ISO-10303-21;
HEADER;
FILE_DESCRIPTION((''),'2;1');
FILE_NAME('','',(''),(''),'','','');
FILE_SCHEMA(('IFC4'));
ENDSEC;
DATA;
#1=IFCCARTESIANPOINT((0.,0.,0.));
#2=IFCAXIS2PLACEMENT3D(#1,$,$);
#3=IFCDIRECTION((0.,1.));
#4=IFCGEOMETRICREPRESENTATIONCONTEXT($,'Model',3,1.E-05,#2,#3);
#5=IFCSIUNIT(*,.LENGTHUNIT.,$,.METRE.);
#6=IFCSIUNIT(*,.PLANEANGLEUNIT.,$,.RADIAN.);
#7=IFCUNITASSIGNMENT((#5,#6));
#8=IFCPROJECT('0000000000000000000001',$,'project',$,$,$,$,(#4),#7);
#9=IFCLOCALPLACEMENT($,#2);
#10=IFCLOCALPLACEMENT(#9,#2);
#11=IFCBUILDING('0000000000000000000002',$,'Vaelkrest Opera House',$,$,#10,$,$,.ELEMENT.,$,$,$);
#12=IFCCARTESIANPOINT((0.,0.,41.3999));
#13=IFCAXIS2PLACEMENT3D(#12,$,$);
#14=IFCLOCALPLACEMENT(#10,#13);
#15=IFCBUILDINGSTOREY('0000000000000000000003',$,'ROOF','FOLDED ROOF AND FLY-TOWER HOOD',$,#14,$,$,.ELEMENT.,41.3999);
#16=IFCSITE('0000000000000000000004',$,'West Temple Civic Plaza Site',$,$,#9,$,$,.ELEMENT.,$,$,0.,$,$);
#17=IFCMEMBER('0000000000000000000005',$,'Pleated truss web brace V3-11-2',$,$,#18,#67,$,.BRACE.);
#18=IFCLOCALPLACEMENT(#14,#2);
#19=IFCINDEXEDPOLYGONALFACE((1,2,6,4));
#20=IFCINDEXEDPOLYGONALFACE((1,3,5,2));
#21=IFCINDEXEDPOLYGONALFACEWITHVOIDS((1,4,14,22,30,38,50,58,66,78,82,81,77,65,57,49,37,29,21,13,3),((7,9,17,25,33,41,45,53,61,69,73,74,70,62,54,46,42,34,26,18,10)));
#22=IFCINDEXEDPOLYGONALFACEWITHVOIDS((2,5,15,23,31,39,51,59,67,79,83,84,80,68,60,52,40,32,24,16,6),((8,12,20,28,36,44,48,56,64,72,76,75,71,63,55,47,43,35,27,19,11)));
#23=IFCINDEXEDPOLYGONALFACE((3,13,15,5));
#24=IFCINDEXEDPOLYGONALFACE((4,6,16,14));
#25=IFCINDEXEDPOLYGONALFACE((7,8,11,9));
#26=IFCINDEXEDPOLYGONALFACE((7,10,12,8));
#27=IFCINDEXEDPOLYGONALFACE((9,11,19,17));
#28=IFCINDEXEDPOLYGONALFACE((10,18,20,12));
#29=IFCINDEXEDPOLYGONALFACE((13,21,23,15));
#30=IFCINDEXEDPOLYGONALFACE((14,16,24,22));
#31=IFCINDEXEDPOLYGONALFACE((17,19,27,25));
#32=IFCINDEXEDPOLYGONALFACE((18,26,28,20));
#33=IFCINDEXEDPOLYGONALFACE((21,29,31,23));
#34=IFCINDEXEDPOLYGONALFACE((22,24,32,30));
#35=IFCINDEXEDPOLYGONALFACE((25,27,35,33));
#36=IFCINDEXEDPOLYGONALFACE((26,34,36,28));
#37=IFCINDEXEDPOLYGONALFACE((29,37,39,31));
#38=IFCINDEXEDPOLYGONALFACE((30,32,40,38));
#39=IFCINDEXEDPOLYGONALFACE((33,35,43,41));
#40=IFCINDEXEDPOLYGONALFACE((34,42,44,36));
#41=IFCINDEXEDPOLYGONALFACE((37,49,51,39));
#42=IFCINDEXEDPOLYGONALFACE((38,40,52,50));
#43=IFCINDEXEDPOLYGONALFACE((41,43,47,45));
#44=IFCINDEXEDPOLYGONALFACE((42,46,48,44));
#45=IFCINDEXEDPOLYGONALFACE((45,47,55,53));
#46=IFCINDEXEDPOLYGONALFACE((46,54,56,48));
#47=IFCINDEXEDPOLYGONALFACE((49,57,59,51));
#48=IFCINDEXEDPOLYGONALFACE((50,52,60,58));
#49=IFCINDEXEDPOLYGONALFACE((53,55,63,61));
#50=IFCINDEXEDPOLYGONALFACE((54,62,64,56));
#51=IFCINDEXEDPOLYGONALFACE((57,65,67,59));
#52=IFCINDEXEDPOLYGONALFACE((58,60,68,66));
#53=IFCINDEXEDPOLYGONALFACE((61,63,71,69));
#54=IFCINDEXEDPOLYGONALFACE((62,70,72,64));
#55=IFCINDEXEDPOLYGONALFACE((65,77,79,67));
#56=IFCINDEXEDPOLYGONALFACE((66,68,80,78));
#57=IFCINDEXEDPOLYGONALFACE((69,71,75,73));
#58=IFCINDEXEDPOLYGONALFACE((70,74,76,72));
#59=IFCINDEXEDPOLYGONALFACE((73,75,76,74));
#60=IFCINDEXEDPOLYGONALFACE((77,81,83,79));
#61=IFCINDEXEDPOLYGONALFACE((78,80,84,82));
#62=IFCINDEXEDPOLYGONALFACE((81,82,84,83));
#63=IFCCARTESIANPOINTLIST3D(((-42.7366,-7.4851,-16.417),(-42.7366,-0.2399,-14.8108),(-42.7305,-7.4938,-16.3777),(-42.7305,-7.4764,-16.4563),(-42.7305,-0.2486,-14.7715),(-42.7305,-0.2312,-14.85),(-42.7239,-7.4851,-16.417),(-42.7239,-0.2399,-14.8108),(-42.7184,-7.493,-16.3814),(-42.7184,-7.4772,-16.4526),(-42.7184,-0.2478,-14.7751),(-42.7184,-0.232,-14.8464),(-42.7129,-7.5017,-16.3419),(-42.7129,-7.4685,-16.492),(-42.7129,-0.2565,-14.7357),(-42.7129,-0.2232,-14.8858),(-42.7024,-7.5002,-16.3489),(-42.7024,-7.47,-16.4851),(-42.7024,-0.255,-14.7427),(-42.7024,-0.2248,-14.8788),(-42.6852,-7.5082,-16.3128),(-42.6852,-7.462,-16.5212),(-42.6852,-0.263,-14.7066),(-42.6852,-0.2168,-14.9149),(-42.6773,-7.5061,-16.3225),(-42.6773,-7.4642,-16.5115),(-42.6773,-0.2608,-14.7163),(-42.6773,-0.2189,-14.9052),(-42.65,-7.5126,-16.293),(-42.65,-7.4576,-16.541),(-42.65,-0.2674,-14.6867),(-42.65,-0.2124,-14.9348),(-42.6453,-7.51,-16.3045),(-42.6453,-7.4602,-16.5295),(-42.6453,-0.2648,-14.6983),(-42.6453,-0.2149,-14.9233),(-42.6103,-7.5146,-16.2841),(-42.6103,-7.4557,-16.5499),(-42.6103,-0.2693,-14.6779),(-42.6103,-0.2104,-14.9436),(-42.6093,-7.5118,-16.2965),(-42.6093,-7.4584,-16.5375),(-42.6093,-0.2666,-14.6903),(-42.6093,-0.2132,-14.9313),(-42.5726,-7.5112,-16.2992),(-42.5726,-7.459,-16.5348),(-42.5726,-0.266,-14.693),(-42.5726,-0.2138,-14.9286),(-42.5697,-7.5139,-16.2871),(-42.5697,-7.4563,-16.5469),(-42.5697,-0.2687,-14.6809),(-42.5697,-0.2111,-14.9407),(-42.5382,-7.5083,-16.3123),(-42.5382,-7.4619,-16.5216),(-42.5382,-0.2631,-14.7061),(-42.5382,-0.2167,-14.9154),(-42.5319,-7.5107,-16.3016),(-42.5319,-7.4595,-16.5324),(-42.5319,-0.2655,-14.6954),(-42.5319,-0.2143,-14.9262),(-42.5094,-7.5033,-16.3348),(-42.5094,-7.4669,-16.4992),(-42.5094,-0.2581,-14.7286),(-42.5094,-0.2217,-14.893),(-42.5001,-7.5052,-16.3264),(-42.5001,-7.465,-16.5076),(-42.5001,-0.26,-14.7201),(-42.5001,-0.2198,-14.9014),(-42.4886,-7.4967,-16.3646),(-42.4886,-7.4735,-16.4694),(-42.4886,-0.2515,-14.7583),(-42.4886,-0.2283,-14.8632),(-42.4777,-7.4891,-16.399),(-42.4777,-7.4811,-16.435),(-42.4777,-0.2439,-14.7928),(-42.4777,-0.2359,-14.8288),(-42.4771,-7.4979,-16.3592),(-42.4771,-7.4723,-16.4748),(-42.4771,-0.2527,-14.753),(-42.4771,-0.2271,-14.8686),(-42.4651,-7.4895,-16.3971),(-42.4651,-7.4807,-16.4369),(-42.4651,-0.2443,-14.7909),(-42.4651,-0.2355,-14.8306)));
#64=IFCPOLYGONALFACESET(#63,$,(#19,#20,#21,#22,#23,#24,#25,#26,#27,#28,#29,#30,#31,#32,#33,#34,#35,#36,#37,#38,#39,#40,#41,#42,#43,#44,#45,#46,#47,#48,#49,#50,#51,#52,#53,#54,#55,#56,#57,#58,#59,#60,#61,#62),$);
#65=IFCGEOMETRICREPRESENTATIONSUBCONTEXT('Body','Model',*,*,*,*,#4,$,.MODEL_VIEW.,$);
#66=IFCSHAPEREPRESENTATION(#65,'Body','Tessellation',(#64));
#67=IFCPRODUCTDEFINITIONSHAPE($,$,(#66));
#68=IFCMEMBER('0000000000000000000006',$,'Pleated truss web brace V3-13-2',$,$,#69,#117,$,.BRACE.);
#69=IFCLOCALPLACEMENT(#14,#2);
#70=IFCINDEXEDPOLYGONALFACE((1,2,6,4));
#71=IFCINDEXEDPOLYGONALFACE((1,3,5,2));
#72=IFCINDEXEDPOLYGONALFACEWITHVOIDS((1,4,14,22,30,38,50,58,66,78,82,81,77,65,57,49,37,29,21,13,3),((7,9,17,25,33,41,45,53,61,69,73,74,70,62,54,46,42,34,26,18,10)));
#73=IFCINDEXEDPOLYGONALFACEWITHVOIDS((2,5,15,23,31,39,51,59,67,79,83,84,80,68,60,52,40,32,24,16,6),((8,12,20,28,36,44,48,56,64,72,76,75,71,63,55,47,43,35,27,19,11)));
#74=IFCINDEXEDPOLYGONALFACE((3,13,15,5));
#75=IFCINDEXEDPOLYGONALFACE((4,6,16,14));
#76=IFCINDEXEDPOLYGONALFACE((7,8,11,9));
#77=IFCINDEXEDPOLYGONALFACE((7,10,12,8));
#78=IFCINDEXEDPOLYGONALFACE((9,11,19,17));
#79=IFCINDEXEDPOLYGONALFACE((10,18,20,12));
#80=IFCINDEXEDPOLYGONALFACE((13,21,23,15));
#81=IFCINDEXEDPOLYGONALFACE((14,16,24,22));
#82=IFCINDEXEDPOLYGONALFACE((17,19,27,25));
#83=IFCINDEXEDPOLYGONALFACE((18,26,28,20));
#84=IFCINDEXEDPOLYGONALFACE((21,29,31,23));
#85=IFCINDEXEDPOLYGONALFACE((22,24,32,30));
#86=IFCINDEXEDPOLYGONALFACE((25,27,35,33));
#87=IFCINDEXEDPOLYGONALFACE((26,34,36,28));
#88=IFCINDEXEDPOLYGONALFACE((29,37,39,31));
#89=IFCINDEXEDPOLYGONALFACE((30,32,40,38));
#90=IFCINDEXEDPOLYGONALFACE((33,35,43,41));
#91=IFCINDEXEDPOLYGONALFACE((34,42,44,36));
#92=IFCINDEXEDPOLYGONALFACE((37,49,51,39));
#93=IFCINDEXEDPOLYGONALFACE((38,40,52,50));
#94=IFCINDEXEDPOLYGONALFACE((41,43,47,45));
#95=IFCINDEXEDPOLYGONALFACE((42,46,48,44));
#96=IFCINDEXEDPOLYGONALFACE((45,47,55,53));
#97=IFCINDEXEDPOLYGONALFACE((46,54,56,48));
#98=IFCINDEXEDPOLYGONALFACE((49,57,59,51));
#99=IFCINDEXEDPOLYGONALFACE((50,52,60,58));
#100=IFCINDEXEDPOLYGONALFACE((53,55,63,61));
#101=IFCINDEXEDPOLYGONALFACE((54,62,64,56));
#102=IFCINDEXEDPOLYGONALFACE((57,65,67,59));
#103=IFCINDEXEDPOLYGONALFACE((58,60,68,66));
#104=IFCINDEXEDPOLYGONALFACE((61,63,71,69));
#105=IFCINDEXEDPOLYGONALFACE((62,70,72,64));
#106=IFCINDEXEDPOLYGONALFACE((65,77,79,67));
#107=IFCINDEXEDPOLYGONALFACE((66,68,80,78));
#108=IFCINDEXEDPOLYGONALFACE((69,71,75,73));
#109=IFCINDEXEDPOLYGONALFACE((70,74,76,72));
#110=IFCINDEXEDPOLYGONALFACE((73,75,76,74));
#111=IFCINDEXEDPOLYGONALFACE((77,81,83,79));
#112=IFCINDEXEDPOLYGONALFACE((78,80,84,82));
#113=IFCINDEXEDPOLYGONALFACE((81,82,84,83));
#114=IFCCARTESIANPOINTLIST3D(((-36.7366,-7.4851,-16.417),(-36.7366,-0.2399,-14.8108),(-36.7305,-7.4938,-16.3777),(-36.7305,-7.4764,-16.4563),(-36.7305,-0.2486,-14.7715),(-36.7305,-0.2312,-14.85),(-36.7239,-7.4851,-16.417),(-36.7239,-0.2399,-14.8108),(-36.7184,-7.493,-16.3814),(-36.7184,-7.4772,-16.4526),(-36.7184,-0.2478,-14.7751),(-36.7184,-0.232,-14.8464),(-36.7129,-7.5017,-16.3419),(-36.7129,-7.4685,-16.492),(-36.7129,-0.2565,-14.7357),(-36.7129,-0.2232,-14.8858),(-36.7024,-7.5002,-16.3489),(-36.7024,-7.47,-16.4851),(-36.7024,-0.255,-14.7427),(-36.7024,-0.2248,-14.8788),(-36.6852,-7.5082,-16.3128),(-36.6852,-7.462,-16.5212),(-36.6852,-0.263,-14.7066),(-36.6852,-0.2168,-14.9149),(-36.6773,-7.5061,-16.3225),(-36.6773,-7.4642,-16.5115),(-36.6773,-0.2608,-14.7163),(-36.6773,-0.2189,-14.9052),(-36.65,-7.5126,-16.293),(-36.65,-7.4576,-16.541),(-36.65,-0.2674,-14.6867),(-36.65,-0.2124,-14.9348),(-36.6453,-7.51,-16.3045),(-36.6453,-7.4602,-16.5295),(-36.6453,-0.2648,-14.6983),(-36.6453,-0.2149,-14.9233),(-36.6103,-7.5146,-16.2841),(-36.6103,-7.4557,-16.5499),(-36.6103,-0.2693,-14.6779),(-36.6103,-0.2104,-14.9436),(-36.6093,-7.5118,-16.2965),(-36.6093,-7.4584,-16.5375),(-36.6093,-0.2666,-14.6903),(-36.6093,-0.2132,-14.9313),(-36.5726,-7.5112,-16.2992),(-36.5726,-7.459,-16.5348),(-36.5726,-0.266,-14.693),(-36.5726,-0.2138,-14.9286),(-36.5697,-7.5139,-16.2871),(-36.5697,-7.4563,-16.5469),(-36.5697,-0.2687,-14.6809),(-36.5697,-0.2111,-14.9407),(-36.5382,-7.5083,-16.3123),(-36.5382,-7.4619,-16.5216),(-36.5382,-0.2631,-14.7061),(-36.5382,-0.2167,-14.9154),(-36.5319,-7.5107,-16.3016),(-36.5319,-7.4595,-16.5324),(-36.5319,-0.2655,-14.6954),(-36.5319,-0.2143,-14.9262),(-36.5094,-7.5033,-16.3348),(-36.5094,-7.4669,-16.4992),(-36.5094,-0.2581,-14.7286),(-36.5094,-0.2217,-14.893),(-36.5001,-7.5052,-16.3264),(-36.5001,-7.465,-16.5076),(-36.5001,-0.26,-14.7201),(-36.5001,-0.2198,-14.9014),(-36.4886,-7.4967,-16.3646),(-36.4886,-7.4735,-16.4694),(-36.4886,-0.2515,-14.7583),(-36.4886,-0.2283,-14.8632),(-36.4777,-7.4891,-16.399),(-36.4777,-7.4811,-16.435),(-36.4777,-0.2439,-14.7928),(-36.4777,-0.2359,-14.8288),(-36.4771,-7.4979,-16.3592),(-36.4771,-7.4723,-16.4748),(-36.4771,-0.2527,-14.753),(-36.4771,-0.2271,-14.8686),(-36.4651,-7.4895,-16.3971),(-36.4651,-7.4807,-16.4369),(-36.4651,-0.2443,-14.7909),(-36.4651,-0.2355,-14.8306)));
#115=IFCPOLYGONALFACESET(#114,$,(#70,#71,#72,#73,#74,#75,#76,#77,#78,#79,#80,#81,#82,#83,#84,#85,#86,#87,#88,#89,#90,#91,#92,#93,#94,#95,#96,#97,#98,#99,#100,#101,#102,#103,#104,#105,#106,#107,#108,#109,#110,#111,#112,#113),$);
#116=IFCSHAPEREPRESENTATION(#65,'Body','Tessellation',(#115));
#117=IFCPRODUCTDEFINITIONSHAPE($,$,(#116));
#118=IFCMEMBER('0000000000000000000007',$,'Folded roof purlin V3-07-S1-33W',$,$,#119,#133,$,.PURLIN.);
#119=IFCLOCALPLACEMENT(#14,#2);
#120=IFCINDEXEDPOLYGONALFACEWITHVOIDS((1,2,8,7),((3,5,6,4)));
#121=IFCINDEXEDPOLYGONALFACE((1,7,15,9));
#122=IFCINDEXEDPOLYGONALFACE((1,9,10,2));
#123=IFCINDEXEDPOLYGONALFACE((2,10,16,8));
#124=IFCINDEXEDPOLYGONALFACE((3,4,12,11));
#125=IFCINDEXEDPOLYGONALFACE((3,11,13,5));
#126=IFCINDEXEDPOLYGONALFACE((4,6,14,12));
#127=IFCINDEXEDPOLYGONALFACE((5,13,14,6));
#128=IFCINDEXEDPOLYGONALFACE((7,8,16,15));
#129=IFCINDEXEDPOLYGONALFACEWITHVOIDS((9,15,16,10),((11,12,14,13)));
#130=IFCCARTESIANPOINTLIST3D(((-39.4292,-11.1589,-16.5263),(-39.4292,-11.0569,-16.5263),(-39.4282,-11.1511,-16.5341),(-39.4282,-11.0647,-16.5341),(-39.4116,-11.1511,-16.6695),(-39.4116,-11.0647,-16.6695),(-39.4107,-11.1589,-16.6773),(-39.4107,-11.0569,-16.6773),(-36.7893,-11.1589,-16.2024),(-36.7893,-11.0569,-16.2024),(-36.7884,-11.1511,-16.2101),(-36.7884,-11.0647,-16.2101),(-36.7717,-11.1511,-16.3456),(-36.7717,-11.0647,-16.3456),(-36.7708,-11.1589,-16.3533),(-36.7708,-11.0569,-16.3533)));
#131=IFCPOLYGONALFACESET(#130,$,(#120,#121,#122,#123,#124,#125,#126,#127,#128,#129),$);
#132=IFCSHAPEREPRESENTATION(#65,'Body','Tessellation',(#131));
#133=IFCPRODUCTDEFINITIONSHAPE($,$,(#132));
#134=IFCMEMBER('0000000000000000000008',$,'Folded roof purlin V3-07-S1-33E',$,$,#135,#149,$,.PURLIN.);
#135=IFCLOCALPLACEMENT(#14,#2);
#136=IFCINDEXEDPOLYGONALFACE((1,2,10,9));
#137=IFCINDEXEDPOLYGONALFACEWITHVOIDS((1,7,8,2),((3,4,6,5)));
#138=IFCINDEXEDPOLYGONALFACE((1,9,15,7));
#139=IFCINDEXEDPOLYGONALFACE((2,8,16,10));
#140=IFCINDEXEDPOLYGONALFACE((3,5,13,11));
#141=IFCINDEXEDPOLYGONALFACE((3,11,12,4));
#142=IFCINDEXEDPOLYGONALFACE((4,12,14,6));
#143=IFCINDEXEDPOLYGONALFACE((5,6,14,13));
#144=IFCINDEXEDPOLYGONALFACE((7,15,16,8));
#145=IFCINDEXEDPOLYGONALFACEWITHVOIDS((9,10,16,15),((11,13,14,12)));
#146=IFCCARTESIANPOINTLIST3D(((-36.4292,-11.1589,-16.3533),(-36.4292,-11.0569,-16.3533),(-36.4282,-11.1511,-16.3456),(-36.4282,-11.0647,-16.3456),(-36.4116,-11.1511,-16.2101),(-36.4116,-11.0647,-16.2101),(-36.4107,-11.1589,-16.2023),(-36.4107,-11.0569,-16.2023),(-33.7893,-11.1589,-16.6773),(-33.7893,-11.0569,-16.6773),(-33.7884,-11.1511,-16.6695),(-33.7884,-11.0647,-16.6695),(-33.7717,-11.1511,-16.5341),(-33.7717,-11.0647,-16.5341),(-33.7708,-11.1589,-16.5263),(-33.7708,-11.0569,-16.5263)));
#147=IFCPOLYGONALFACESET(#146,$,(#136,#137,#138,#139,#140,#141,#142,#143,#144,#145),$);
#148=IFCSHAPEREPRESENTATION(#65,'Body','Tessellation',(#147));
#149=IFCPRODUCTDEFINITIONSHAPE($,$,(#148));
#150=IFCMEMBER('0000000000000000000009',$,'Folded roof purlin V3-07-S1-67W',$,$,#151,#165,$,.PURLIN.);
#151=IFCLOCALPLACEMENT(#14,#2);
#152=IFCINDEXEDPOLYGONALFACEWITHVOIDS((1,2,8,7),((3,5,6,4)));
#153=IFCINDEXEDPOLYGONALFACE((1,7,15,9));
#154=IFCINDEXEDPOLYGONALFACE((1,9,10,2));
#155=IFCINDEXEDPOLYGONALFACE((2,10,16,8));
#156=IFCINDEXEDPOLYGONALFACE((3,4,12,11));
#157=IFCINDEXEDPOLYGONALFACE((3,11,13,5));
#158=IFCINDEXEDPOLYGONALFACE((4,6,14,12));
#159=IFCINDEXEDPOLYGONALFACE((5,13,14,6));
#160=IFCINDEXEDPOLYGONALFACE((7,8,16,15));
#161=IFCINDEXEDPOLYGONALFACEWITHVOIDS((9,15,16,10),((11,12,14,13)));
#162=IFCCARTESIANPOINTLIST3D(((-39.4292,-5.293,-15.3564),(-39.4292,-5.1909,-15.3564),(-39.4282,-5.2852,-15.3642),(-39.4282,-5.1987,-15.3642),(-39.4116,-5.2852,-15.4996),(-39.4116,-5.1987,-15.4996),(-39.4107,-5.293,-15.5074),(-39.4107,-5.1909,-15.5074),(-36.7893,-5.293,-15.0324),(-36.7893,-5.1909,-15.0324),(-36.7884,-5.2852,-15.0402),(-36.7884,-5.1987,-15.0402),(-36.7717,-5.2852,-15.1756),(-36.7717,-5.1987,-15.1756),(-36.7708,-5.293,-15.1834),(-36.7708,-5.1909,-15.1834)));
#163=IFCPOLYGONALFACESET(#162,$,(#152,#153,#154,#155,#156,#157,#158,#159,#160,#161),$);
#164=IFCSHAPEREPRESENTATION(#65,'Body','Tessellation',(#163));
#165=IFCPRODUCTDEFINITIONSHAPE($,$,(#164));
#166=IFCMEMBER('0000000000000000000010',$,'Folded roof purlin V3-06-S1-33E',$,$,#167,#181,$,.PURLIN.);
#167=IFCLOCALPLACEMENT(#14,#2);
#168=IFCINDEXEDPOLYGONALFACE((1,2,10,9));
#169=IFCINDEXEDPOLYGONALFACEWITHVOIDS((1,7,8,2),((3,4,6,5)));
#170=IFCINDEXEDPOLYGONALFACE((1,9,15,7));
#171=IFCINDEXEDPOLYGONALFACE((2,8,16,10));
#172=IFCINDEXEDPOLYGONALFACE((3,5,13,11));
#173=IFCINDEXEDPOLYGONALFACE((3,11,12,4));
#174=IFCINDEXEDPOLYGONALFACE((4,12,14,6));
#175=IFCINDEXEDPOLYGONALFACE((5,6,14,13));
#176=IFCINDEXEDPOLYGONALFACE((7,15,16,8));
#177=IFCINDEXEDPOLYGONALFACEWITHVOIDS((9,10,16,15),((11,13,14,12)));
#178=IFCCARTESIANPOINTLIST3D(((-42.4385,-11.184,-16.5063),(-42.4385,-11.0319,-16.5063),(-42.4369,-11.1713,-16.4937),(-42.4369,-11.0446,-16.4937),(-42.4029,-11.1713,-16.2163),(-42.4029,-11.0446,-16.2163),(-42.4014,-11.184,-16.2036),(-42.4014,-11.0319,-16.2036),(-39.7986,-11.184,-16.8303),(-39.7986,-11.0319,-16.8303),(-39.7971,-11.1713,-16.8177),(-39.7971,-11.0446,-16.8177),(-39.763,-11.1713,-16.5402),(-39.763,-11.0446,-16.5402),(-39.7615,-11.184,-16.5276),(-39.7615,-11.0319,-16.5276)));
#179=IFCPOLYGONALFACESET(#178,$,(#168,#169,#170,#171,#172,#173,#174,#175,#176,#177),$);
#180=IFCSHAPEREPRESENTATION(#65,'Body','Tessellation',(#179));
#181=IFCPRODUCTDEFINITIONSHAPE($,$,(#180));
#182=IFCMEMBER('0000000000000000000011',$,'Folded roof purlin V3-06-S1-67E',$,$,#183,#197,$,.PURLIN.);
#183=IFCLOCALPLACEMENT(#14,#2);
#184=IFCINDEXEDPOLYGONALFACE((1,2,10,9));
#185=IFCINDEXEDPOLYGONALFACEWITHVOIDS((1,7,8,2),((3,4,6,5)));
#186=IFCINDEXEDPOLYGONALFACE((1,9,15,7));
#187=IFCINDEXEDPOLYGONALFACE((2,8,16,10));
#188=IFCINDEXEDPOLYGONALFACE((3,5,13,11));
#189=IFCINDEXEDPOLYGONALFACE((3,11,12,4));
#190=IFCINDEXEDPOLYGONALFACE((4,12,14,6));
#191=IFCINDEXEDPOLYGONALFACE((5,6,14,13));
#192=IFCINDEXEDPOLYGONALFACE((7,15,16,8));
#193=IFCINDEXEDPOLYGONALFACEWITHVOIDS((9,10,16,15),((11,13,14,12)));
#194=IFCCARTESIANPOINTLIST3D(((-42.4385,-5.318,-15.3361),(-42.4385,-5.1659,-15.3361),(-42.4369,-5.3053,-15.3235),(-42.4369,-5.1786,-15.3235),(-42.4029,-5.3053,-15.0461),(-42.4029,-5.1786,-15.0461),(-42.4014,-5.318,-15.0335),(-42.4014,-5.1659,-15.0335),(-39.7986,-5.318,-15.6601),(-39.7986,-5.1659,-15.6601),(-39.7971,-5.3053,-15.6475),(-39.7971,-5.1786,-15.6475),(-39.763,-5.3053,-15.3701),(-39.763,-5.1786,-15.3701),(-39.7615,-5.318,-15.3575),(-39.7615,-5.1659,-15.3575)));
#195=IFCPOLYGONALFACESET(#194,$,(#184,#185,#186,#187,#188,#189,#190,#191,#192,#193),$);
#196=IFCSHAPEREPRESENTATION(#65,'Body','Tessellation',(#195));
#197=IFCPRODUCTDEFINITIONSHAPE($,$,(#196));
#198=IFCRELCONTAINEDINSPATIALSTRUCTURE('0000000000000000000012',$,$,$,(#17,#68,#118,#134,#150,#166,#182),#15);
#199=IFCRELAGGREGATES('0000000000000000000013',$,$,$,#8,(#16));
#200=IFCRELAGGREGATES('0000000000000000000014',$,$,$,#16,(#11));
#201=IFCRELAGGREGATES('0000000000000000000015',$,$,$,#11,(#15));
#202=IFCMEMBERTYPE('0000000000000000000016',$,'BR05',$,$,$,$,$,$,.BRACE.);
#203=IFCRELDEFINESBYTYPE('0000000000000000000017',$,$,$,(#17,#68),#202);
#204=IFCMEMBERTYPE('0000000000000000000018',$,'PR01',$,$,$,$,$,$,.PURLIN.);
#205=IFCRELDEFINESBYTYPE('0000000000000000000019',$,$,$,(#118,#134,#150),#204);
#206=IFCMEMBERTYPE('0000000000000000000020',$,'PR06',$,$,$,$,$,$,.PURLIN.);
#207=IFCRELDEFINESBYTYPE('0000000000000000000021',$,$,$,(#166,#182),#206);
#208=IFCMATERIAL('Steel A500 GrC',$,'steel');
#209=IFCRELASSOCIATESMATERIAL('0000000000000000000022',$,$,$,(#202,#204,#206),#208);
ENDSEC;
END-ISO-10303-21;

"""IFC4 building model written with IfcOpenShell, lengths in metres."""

from ifc_helpers import new_model, si_unit, direction, frame, origin, origin_2d, place, context, subcontext, project, spatial, hollow_rectangle, hollow_circle, extrude, material, material_profile, profile_set, type_object, element, save


model = new_model("IFC4")

# Units and contexts
model_context = context("Model", 3, precision=1e-05, world=origin(), true_north=direction((0.0, 1.0)))
body_context = subcontext(model_context, "Body", "Model", "MODEL_VIEW")
ifc_project = project(units=[si_unit("LENGTHUNIT", "METRE"), si_unit("PLANEANGLEUNIT", "RADIAN")], contexts=[model_context])

# Site, building, storey
site_placement = place(None, origin())
site = spatial("IfcSite", under=ifc_project, at=site_placement, Name="West Temple Civic Plaza Site", CompositionType="ELEMENT", RefElevation=0.0)
building_placement = place(site_placement, origin())
building = spatial("IfcBuilding", under=site, at=building_placement, Name="Vaelkrest Opera House", CompositionType="ELEMENT")
storey_placement = place(building_placement, frame((0.0, 0.0, 41.3999)))
storey = spatial("IfcBuildingStorey", under=building, at=storey_placement, Name="ROOF", Description="FOLDED ROOF AND FLY-TOWER HOOD", CompositionType="ELEMENT", Elevation=41.3999)

# Members
ifc_material_1 = material(Name="Steel A500 GrC", Category="steel")
ifc_material_profile_1 = material_profile(ifc_material_1, hollow_circle(Radius=0.1365, WallThickness=0.0127, at=origin_2d()), Name="HSS273.1X12.7")
ifc_profile_set_1 = profile_set([ifc_material_profile_1], Name="Steel A500 GrC")
member_type_1 = type_object("IfcMemberType", Name="BR05", PredefinedType="BRACE", material=ifc_profile_set_1)
for number, where, z_axis, x_axis, name in (
    (1, (-42.6001, -7.4851, -16.417), (0.0, 0.976296, 0.216439), (-1.0, 0.0, 0.0), "Pleated truss web brace V3-11-2"),
    (2, (-36.6001, -7.4851, -16.417), (0.0, 0.976296, 0.216439), (-1.0, 0.0, 0.0), "Pleated truss web brace V3-13-2"),
):
    element("IfcMember", number, at=place(storey_placement, frame(where, z_axis=z_axis, x_axis=x_axis)), inside=storey, type_object=member_type_1, Name=name, PredefinedType="BRACE", context=body_context, shape_type="SweptSolid", body=[
        extrude(hollow_circle(Radius=0.1365, WallThickness=0.0127, at=origin_2d()), origin(), (0.0, 0.0, 1.0), 7.4211),
    ])
ifc_material_profile_2 = material_profile(ifc_material_1, hollow_rectangle(XDim=0.1021, YDim=0.1521, WallThickness=0.0078, at=origin_2d()), Name="HSS152X102X8")
ifc_profile_set_2 = profile_set([ifc_material_profile_2], Name="Steel A500 GrC")
member_type_2 = type_object("IfcMemberType", Name="PR01", PredefinedType="PURLIN", material=ifc_profile_set_2)
for number, where, z_axis, x_axis, name in (
    (3, (-39.4199, -11.1079, -16.6018), (0.992554, 0.0, 0.121809), (0.0, 1.0, 0.0), "Folded roof purlin V3-07-S1-33W"),
    (4, (-36.4199, -11.1079, -16.2778), (0.992554, 0.0, -0.121809), (0.0, 1.0, 0.0), "Folded roof purlin V3-07-S1-33E"),
    (5, (-39.4199, -5.2419, -15.4319), (0.992554, 0.0, 0.121809), (0.0, 1.0, 0.0), "Folded roof purlin V3-07-S1-67W"),
):
    element("IfcMember", number, at=place(storey_placement, frame(where, z_axis=z_axis, x_axis=x_axis)), inside=storey, type_object=member_type_2, Name=name, PredefinedType="PURLIN", context=body_context, shape_type="SweptSolid", body=[
        extrude(hollow_rectangle(XDim=0.1021, YDim=0.1521, WallThickness=0.0078, at=origin_2d()), origin(), (0.0, 0.0, 1.0), 2.6597),
    ])
ifc_material_profile_3 = material_profile(ifc_material_1, hollow_rectangle(XDim=0.1521, YDim=0.3049, WallThickness=0.0127, at=origin_2d()), Name="HSS305X152X12.7")
ifc_profile_set_3 = profile_set([ifc_material_profile_3], Name="Steel A500 GrC")
member_type_3 = type_object("IfcMemberType", Name="PR06", PredefinedType="PURLIN", material=ifc_profile_set_3)
for number, where, z_axis, x_axis, name in (
    (6, (-42.4199, -11.1079, -16.355), (0.992554, 0.0, -0.121809), (0.0, 1.0, 0.0), "Folded roof purlin V3-06-S1-33E"),
    (7, (-42.4199, -5.2419, -15.1848), (0.992554, 0.0, -0.121809), (0.0, 1.0, 0.0), "Folded roof purlin V3-06-S1-67E"),
):
    element("IfcMember", number, at=place(storey_placement, frame(where, z_axis=z_axis, x_axis=x_axis)), inside=storey, type_object=member_type_3, Name=name, PredefinedType="PURLIN", context=body_context, shape_type="SweptSolid", body=[
        extrude(hollow_rectangle(XDim=0.1521, YDim=0.3049, WallThickness=0.0127, at=origin_2d()), origin(), (0.0, 0.0, 1.0), 2.6597),
    ])

save(model, "model.ifc")
